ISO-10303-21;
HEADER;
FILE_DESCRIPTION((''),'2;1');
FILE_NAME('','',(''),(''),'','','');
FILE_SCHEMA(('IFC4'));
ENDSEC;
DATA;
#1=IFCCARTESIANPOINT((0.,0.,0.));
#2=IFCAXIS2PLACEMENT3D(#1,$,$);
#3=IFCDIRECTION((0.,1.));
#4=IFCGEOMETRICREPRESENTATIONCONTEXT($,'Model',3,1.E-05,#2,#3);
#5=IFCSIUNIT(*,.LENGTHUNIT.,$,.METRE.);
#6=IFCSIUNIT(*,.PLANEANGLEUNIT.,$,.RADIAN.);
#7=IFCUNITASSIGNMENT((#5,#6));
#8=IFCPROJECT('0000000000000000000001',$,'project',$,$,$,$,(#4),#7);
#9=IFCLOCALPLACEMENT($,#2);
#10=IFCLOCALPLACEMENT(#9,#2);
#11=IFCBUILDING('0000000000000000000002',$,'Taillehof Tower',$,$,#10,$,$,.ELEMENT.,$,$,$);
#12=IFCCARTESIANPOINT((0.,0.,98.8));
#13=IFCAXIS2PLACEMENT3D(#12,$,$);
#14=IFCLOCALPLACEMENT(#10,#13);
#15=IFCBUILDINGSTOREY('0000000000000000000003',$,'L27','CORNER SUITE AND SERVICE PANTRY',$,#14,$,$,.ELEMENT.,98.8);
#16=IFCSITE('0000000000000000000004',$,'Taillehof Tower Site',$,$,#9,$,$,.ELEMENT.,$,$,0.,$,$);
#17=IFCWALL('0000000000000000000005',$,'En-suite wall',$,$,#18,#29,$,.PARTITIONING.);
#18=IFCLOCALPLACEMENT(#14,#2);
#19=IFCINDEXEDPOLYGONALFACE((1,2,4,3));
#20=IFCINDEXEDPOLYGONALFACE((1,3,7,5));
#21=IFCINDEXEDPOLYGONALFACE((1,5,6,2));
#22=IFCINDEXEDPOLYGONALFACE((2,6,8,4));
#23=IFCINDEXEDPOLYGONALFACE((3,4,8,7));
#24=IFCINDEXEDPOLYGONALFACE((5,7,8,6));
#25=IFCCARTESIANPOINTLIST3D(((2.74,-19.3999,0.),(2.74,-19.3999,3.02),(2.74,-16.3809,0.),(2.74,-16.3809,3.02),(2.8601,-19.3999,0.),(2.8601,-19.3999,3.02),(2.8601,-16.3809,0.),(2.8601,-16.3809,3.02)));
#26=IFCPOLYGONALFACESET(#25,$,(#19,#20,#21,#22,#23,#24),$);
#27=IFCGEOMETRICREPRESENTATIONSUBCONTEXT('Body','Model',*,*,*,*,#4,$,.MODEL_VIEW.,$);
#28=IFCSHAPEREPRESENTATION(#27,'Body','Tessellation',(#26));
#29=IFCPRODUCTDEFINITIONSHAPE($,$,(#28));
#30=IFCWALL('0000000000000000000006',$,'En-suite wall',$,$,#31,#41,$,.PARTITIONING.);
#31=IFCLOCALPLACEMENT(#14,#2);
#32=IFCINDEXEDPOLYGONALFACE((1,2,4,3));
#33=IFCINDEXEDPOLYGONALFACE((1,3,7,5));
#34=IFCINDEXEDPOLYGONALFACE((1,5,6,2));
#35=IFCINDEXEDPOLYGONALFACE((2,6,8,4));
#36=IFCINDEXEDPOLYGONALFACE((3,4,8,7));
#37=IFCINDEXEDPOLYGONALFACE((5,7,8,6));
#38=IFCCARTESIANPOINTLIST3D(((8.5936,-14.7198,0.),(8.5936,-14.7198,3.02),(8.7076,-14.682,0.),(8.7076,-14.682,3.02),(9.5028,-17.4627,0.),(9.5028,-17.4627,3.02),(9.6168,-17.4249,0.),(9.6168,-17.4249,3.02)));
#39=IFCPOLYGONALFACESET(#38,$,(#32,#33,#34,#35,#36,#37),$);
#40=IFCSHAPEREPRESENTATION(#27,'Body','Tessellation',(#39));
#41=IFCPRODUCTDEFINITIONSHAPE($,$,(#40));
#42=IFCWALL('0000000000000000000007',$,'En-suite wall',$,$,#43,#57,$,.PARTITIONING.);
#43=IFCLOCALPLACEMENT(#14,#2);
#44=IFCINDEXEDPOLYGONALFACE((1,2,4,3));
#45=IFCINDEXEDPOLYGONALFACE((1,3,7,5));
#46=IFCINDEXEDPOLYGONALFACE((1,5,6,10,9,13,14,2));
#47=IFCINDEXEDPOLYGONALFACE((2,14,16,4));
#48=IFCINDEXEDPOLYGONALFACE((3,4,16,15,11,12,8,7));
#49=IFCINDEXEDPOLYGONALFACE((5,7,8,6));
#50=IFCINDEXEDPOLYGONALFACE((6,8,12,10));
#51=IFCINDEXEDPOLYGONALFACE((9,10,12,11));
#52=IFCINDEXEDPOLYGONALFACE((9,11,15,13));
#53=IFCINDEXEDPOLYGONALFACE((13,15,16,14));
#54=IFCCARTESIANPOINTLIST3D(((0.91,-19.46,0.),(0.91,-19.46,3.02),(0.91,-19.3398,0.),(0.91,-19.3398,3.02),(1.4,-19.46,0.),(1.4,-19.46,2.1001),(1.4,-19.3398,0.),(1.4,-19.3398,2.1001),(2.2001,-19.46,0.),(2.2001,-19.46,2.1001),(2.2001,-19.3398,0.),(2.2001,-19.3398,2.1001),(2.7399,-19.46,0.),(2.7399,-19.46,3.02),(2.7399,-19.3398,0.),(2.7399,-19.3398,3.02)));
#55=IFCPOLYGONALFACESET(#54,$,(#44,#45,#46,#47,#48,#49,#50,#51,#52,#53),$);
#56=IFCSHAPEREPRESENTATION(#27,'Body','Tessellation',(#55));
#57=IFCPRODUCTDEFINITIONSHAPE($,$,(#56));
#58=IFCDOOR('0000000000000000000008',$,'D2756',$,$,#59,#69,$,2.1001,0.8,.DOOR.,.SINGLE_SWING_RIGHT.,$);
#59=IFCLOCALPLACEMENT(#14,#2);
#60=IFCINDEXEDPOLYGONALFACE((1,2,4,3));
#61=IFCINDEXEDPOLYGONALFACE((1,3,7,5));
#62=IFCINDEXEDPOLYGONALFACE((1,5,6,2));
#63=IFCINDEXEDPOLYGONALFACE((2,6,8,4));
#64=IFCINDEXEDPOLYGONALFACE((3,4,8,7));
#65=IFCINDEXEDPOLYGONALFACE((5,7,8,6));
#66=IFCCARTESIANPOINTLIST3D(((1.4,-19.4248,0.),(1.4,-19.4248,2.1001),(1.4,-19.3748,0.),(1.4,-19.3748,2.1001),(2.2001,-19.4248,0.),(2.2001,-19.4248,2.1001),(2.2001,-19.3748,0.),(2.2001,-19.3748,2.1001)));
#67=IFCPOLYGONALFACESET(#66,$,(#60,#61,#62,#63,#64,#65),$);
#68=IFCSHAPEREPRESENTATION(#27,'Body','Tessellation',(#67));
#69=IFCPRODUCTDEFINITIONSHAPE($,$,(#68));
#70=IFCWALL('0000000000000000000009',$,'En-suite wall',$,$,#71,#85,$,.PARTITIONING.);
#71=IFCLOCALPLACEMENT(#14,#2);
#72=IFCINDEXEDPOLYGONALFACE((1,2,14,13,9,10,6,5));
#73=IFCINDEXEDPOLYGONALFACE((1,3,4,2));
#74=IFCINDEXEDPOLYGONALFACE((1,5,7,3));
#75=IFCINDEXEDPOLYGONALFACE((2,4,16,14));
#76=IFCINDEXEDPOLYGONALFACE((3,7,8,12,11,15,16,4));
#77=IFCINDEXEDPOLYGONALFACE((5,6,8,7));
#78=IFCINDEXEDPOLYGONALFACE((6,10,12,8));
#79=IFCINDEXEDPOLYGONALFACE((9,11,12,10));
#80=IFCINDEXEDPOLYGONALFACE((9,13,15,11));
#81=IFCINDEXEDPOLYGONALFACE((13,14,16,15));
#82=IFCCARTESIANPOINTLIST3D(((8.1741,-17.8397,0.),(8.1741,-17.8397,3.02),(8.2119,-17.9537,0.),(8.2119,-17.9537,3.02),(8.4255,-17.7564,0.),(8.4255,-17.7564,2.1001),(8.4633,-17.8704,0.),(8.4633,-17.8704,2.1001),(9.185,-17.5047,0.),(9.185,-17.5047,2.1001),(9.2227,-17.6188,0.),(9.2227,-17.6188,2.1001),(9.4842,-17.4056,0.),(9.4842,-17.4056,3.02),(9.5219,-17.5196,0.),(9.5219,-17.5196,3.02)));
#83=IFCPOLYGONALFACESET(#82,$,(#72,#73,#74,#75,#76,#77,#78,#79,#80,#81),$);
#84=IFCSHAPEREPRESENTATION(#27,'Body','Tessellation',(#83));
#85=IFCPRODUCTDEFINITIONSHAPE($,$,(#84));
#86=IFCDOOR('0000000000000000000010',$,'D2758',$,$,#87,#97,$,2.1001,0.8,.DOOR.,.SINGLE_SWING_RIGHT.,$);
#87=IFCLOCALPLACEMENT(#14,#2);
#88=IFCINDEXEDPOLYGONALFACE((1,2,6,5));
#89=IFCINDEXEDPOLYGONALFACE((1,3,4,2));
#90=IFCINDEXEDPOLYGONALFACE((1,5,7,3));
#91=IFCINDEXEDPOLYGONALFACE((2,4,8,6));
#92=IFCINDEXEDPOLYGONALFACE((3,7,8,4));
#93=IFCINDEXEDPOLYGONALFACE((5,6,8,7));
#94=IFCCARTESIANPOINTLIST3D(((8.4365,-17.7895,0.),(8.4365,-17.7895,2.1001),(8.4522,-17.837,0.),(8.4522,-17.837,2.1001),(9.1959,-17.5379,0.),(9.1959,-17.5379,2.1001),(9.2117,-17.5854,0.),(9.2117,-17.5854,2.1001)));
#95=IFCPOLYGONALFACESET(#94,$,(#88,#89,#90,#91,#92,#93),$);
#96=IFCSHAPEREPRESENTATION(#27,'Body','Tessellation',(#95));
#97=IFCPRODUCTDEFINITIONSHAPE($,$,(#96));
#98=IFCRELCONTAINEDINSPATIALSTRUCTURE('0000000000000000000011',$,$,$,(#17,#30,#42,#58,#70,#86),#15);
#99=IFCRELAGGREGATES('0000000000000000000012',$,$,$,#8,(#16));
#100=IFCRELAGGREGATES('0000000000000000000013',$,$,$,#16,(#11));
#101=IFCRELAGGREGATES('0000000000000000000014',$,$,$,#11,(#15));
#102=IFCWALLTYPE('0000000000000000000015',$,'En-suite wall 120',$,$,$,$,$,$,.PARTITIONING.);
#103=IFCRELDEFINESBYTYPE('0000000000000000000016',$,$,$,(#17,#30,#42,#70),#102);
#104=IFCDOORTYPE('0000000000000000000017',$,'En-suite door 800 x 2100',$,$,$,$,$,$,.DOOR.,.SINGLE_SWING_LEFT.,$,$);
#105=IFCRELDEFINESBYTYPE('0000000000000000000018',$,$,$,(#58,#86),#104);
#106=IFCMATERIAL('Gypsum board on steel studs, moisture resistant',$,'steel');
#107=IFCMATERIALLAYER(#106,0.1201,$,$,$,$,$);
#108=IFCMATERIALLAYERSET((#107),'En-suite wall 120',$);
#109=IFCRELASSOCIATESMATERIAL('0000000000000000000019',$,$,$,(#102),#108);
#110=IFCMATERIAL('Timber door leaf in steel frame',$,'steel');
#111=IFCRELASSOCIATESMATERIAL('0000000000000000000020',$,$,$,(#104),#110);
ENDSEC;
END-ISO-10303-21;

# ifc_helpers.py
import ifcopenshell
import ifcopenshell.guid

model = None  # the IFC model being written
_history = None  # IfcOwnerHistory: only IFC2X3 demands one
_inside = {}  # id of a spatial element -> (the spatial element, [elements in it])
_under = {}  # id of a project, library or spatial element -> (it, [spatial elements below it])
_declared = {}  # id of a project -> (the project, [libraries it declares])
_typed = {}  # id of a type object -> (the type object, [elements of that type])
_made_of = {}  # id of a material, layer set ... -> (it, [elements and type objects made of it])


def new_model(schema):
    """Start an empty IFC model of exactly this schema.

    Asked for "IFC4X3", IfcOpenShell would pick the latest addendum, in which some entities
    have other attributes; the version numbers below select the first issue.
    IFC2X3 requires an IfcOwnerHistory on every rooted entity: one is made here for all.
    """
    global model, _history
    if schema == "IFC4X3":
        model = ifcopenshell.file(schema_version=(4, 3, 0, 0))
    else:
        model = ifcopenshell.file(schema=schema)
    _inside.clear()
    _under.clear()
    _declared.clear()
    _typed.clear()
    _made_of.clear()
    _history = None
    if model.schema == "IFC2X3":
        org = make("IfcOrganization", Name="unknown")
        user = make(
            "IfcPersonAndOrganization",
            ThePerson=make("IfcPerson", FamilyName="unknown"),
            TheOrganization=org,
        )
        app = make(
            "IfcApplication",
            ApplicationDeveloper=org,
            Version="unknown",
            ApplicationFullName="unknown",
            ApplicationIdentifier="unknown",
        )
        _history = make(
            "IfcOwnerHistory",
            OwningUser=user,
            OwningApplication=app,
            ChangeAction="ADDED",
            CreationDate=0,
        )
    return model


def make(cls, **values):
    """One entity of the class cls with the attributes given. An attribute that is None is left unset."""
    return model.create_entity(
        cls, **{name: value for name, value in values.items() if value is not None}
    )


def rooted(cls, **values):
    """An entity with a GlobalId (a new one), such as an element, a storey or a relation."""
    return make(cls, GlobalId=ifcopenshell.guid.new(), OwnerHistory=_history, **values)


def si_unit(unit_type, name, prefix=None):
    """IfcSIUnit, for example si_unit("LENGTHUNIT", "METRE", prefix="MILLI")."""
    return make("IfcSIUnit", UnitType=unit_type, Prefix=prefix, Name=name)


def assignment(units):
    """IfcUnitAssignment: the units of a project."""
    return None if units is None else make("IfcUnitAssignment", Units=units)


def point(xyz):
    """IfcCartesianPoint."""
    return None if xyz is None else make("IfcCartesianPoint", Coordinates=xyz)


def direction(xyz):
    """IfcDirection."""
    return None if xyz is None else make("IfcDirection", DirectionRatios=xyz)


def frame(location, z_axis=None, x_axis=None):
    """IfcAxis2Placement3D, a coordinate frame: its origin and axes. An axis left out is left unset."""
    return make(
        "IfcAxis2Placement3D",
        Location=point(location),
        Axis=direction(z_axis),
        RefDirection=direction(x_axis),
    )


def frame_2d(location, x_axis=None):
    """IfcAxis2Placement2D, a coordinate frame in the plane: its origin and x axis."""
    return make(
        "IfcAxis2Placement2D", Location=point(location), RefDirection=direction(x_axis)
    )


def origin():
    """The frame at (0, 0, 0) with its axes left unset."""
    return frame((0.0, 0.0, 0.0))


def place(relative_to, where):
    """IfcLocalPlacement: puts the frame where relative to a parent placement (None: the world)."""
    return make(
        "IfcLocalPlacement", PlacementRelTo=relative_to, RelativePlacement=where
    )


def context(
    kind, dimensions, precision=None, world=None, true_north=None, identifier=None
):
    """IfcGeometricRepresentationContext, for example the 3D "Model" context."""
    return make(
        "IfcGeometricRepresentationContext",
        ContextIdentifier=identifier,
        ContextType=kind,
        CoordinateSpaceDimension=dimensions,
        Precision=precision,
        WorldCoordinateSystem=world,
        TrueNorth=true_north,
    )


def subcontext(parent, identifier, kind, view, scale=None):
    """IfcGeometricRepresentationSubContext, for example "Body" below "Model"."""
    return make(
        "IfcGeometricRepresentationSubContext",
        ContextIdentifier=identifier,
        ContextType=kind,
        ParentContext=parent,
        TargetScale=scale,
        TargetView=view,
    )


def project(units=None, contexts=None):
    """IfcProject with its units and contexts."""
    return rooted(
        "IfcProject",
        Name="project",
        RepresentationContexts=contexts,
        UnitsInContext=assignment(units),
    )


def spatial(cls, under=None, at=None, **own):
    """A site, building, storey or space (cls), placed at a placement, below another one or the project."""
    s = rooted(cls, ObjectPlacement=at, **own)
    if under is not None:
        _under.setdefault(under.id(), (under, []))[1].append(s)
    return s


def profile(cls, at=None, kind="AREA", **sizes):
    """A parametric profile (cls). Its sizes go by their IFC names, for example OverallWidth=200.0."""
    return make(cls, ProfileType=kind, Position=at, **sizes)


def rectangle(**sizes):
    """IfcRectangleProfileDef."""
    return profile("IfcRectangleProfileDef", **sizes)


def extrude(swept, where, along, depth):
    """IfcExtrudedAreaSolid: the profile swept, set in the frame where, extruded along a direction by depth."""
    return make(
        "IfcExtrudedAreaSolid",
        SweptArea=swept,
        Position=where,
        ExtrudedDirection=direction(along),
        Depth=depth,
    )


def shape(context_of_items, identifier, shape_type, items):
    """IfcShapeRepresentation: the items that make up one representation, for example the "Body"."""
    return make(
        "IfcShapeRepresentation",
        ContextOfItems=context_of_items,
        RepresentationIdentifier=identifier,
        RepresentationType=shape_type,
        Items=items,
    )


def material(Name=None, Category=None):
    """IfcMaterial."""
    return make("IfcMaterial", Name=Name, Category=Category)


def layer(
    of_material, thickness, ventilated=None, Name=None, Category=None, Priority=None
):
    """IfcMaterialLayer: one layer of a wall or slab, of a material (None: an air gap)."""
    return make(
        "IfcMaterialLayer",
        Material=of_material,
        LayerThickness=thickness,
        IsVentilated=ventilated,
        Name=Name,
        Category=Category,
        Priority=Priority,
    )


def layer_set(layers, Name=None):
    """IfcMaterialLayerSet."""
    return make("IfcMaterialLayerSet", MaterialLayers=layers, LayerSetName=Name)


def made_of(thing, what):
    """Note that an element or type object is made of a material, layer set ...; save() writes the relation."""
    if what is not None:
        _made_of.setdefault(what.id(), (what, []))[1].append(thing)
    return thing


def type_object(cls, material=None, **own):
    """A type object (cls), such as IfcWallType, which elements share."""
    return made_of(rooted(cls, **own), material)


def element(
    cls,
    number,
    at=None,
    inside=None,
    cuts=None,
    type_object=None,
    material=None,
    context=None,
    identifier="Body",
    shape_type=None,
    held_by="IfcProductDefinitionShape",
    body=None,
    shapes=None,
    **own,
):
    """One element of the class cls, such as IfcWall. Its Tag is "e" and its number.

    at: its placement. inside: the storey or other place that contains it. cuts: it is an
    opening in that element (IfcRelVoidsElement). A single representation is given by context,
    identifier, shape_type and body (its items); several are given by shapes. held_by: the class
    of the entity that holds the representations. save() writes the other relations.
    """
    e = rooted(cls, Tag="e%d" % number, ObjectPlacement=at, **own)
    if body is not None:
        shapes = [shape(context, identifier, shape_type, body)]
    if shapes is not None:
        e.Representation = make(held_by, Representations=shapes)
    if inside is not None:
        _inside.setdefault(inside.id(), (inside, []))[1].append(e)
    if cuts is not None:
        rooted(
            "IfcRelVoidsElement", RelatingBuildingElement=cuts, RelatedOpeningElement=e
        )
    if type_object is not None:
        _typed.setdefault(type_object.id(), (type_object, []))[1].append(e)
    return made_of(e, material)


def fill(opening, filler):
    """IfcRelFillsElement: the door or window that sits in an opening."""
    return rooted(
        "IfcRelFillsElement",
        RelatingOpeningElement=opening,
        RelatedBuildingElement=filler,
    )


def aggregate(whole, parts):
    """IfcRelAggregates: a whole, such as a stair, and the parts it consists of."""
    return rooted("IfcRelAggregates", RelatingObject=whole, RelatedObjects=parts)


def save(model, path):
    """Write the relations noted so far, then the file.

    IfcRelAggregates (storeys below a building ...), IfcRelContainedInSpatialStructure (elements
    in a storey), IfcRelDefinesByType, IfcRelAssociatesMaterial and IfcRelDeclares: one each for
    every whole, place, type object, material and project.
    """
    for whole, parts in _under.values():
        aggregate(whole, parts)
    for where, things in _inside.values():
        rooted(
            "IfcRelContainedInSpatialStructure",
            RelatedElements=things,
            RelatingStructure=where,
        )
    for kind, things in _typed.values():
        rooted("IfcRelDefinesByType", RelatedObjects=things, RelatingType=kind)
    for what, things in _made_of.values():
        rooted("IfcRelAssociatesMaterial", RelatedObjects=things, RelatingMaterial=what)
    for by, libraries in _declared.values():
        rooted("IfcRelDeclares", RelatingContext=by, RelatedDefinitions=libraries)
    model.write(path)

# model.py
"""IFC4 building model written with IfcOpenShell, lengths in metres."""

from ifc_helpers import new_model, si_unit, direction, frame, frame_2d, origin, place, context, subcontext, project, spatial, rectangle, extrude, material, layer, layer_set, type_object, element, fill, save


model = new_model("IFC4")

# Units and contexts
model_context = context("Model", 3, precision=1e-05, world=origin(), true_north=direction((0.0, 1.0)))
body_context = subcontext(model_context, "Body", "Model", "MODEL_VIEW")
ifc_project = project(units=[si_unit("LENGTHUNIT", "METRE"), si_unit("PLANEANGLEUNIT", "RADIAN")], contexts=[model_context])

# Site, building, storey
site_placement = place(None, origin())
site = spatial("IfcSite", under=ifc_project, at=site_placement, Name="Taillehof Tower Site", CompositionType="ELEMENT", RefElevation=0.0)
building_placement = place(site_placement, origin())
building = spatial("IfcBuilding", under=site, at=building_placement, Name="Taillehof Tower", CompositionType="ELEMENT")
storey_placement = place(building_placement, frame((0.0, 0.0, 98.8)))
storey = spatial("IfcBuildingStorey", under=building, at=storey_placement, Name="L27", Description="CORNER SUITE AND SERVICE PANTRY", CompositionType="ELEMENT", Elevation=98.8)

# Walls
ifc_material_1 = material(Name="Gypsum board on steel studs, moisture resistant", Category="steel")
ifc_layer_1 = layer(ifc_material_1, 0.1201)
ifc_layer_set_1 = layer_set([ifc_layer_1], Name="En-suite wall 120")
wall_type_1 = type_object("IfcWallType", Name="En-suite wall 120", PredefinedType="PARTITIONING", material=ifc_layer_set_1)
wall_1_placement = place(storey_placement, frame((2.8, -16.3809, 0.0), z_axis=(0.0, 0.0, 1.0), x_axis=(0.0, -1.0, 0.0)))
element("IfcWall", 1, at=wall_1_placement, inside=storey, type_object=wall_type_1, Name="En-suite wall", PredefinedType="PARTITIONING", context=body_context, shape_type="SweptSolid", body=[
    extrude(rectangle(XDim=3.019, YDim=0.1201, at=frame_2d((1.5095, 0.0))), origin(), (0.0, 0.0, 1.0), 3.02),
])
wall_2_placement = place(storey_placement, frame((8.6506, -14.7009, 0.0), z_axis=(0.0, 0.0, 1.0), x_axis=(0.314631, -0.949214, 0.0)))
element("IfcWall", 2, at=wall_2_placement, inside=storey, type_object=wall_type_1, Name="En-suite wall", PredefinedType="PARTITIONING", context=body_context, shape_type="SweptSolid", body=[
    extrude(rectangle(XDim=2.8896, YDim=0.1201, at=frame_2d((1.4448, 0.0))), origin(), (0.0, 0.0, 1.0), 3.02),
])

# Walls, openings, doors
wall_3_placement = place(storey_placement, frame((2.74, -19.3999, 0.0), z_axis=(0.0, 0.0, 1.0), x_axis=(-1.0, 0.0, 0.0)))
wall_3 = element("IfcWall", 3, at=wall_3_placement, inside=storey, type_object=wall_type_1, Name="En-suite wall", PredefinedType="PARTITIONING", context=body_context, shape_type="SweptSolid", body=[
    extrude(rectangle(XDim=1.8298, YDim=0.1201, at=frame_2d((0.915, 0.0))), origin(), (0.0, 0.0, 1.0), 3.02),
])
opening_1_placement = place(wall_3_placement, frame((0.54, 0.0, 0.0)))
opening_1 = element("IfcOpeningElement", 4, at=opening_1_placement, cuts=wall_3, PredefinedType="OPENING", context=body_context, shape_type="SweptSolid", body=[
    extrude(rectangle(XDim=0.8, YDim=2.1001, at=frame_2d((0.3999, 1.05))), frame((0.0, 0.0701, 0.0), z_axis=(0.0, -1.0, 0.0), x_axis=(1.0, 0.0, 0.0)), (0.0, 0.0, 1.0), 0.1401),
])
ifc_material_2 = material(Name="Timber door leaf in steel frame", Category="steel")
door_type_1 = type_object("IfcDoorType", Name="En-suite door 800 x 2100", OperationType="SINGLE_SWING_LEFT", PredefinedType="DOOR", material=ifc_material_2)
door_1_placement = place(opening_1_placement, origin())
door_1 = element("IfcDoor", 5, at=door_1_placement, inside=storey, type_object=door_type_1, Name="D2756", OperationType="SINGLE_SWING_RIGHT", OverallHeight=2.1001, OverallWidth=0.8, PredefinedType="DOOR", context=body_context, shape_type="SweptSolid", body=[
    extrude(rectangle(XDim=0.8, YDim=2.1001, at=frame_2d((0.3999, 1.05))), frame((0.0, 0.0249, 0.0), z_axis=(0.0, -1.0, 0.0), x_axis=(1.0, 0.0, 0.0)), (0.0, 0.0, 1.0), 0.05),
])
fill(opening_1, door_1)
wall_4_placement = place(storey_placement, frame((9.5029, -17.4626, 0.0), z_axis=(0.0, 0.0, 1.0), x_axis=(-0.949248, -0.314529, 0.0)))
wall_4 = element("IfcWall", 6, at=wall_4_placement, inside=storey, type_object=wall_type_1, Name="En-suite wall", PredefinedType="PARTITIONING", context=body_context, shape_type="SweptSolid", body=[
    extrude(rectangle(XDim=1.3801, YDim=0.1201, at=frame_2d((0.6899, 0.0))), origin(), (0.0, 0.0, 1.0), 3.02),
])
opening_2_placement = place(wall_4_placement, frame((0.3152, 0.0, 0.0)))
opening_2 = element("IfcOpeningElement", 7, at=opening_2_placement, cuts=wall_4, PredefinedType="OPENING", context=body_context, shape_type="SweptSolid", body=[
    extrude(rectangle(XDim=0.8, YDim=2.1001, at=frame_2d((0.3999, 1.05))), frame((0.0, 0.0701, 0.0), z_axis=(0.0, -1.0, 0.0), x_axis=(1.0, 0.0, 0.0)), (0.0, 0.0, 1.0), 0.1401),
])
door_2_placement = place(opening_2_placement, origin())
door_2 = element("IfcDoor", 8, at=door_2_placement, inside=storey, type_object=door_type_1, Name="D2758", OperationType="SINGLE_SWING_RIGHT", OverallHeight=2.1001, OverallWidth=0.8, PredefinedType="DOOR", context=body_context, shape_type="SweptSolid", body=[
    extrude(rectangle(XDim=0.8, YDim=2.1001, at=frame_2d((0.3999, 1.05))), frame((0.0, 0.0249, 0.0), z_axis=(0.0, -1.0, 0.0), x_axis=(1.0, 0.0, 0.0)), (0.0, 0.0, 1.0), 0.05),
])
fill(opening_2, door_2)

save(model, "model.ifc")
